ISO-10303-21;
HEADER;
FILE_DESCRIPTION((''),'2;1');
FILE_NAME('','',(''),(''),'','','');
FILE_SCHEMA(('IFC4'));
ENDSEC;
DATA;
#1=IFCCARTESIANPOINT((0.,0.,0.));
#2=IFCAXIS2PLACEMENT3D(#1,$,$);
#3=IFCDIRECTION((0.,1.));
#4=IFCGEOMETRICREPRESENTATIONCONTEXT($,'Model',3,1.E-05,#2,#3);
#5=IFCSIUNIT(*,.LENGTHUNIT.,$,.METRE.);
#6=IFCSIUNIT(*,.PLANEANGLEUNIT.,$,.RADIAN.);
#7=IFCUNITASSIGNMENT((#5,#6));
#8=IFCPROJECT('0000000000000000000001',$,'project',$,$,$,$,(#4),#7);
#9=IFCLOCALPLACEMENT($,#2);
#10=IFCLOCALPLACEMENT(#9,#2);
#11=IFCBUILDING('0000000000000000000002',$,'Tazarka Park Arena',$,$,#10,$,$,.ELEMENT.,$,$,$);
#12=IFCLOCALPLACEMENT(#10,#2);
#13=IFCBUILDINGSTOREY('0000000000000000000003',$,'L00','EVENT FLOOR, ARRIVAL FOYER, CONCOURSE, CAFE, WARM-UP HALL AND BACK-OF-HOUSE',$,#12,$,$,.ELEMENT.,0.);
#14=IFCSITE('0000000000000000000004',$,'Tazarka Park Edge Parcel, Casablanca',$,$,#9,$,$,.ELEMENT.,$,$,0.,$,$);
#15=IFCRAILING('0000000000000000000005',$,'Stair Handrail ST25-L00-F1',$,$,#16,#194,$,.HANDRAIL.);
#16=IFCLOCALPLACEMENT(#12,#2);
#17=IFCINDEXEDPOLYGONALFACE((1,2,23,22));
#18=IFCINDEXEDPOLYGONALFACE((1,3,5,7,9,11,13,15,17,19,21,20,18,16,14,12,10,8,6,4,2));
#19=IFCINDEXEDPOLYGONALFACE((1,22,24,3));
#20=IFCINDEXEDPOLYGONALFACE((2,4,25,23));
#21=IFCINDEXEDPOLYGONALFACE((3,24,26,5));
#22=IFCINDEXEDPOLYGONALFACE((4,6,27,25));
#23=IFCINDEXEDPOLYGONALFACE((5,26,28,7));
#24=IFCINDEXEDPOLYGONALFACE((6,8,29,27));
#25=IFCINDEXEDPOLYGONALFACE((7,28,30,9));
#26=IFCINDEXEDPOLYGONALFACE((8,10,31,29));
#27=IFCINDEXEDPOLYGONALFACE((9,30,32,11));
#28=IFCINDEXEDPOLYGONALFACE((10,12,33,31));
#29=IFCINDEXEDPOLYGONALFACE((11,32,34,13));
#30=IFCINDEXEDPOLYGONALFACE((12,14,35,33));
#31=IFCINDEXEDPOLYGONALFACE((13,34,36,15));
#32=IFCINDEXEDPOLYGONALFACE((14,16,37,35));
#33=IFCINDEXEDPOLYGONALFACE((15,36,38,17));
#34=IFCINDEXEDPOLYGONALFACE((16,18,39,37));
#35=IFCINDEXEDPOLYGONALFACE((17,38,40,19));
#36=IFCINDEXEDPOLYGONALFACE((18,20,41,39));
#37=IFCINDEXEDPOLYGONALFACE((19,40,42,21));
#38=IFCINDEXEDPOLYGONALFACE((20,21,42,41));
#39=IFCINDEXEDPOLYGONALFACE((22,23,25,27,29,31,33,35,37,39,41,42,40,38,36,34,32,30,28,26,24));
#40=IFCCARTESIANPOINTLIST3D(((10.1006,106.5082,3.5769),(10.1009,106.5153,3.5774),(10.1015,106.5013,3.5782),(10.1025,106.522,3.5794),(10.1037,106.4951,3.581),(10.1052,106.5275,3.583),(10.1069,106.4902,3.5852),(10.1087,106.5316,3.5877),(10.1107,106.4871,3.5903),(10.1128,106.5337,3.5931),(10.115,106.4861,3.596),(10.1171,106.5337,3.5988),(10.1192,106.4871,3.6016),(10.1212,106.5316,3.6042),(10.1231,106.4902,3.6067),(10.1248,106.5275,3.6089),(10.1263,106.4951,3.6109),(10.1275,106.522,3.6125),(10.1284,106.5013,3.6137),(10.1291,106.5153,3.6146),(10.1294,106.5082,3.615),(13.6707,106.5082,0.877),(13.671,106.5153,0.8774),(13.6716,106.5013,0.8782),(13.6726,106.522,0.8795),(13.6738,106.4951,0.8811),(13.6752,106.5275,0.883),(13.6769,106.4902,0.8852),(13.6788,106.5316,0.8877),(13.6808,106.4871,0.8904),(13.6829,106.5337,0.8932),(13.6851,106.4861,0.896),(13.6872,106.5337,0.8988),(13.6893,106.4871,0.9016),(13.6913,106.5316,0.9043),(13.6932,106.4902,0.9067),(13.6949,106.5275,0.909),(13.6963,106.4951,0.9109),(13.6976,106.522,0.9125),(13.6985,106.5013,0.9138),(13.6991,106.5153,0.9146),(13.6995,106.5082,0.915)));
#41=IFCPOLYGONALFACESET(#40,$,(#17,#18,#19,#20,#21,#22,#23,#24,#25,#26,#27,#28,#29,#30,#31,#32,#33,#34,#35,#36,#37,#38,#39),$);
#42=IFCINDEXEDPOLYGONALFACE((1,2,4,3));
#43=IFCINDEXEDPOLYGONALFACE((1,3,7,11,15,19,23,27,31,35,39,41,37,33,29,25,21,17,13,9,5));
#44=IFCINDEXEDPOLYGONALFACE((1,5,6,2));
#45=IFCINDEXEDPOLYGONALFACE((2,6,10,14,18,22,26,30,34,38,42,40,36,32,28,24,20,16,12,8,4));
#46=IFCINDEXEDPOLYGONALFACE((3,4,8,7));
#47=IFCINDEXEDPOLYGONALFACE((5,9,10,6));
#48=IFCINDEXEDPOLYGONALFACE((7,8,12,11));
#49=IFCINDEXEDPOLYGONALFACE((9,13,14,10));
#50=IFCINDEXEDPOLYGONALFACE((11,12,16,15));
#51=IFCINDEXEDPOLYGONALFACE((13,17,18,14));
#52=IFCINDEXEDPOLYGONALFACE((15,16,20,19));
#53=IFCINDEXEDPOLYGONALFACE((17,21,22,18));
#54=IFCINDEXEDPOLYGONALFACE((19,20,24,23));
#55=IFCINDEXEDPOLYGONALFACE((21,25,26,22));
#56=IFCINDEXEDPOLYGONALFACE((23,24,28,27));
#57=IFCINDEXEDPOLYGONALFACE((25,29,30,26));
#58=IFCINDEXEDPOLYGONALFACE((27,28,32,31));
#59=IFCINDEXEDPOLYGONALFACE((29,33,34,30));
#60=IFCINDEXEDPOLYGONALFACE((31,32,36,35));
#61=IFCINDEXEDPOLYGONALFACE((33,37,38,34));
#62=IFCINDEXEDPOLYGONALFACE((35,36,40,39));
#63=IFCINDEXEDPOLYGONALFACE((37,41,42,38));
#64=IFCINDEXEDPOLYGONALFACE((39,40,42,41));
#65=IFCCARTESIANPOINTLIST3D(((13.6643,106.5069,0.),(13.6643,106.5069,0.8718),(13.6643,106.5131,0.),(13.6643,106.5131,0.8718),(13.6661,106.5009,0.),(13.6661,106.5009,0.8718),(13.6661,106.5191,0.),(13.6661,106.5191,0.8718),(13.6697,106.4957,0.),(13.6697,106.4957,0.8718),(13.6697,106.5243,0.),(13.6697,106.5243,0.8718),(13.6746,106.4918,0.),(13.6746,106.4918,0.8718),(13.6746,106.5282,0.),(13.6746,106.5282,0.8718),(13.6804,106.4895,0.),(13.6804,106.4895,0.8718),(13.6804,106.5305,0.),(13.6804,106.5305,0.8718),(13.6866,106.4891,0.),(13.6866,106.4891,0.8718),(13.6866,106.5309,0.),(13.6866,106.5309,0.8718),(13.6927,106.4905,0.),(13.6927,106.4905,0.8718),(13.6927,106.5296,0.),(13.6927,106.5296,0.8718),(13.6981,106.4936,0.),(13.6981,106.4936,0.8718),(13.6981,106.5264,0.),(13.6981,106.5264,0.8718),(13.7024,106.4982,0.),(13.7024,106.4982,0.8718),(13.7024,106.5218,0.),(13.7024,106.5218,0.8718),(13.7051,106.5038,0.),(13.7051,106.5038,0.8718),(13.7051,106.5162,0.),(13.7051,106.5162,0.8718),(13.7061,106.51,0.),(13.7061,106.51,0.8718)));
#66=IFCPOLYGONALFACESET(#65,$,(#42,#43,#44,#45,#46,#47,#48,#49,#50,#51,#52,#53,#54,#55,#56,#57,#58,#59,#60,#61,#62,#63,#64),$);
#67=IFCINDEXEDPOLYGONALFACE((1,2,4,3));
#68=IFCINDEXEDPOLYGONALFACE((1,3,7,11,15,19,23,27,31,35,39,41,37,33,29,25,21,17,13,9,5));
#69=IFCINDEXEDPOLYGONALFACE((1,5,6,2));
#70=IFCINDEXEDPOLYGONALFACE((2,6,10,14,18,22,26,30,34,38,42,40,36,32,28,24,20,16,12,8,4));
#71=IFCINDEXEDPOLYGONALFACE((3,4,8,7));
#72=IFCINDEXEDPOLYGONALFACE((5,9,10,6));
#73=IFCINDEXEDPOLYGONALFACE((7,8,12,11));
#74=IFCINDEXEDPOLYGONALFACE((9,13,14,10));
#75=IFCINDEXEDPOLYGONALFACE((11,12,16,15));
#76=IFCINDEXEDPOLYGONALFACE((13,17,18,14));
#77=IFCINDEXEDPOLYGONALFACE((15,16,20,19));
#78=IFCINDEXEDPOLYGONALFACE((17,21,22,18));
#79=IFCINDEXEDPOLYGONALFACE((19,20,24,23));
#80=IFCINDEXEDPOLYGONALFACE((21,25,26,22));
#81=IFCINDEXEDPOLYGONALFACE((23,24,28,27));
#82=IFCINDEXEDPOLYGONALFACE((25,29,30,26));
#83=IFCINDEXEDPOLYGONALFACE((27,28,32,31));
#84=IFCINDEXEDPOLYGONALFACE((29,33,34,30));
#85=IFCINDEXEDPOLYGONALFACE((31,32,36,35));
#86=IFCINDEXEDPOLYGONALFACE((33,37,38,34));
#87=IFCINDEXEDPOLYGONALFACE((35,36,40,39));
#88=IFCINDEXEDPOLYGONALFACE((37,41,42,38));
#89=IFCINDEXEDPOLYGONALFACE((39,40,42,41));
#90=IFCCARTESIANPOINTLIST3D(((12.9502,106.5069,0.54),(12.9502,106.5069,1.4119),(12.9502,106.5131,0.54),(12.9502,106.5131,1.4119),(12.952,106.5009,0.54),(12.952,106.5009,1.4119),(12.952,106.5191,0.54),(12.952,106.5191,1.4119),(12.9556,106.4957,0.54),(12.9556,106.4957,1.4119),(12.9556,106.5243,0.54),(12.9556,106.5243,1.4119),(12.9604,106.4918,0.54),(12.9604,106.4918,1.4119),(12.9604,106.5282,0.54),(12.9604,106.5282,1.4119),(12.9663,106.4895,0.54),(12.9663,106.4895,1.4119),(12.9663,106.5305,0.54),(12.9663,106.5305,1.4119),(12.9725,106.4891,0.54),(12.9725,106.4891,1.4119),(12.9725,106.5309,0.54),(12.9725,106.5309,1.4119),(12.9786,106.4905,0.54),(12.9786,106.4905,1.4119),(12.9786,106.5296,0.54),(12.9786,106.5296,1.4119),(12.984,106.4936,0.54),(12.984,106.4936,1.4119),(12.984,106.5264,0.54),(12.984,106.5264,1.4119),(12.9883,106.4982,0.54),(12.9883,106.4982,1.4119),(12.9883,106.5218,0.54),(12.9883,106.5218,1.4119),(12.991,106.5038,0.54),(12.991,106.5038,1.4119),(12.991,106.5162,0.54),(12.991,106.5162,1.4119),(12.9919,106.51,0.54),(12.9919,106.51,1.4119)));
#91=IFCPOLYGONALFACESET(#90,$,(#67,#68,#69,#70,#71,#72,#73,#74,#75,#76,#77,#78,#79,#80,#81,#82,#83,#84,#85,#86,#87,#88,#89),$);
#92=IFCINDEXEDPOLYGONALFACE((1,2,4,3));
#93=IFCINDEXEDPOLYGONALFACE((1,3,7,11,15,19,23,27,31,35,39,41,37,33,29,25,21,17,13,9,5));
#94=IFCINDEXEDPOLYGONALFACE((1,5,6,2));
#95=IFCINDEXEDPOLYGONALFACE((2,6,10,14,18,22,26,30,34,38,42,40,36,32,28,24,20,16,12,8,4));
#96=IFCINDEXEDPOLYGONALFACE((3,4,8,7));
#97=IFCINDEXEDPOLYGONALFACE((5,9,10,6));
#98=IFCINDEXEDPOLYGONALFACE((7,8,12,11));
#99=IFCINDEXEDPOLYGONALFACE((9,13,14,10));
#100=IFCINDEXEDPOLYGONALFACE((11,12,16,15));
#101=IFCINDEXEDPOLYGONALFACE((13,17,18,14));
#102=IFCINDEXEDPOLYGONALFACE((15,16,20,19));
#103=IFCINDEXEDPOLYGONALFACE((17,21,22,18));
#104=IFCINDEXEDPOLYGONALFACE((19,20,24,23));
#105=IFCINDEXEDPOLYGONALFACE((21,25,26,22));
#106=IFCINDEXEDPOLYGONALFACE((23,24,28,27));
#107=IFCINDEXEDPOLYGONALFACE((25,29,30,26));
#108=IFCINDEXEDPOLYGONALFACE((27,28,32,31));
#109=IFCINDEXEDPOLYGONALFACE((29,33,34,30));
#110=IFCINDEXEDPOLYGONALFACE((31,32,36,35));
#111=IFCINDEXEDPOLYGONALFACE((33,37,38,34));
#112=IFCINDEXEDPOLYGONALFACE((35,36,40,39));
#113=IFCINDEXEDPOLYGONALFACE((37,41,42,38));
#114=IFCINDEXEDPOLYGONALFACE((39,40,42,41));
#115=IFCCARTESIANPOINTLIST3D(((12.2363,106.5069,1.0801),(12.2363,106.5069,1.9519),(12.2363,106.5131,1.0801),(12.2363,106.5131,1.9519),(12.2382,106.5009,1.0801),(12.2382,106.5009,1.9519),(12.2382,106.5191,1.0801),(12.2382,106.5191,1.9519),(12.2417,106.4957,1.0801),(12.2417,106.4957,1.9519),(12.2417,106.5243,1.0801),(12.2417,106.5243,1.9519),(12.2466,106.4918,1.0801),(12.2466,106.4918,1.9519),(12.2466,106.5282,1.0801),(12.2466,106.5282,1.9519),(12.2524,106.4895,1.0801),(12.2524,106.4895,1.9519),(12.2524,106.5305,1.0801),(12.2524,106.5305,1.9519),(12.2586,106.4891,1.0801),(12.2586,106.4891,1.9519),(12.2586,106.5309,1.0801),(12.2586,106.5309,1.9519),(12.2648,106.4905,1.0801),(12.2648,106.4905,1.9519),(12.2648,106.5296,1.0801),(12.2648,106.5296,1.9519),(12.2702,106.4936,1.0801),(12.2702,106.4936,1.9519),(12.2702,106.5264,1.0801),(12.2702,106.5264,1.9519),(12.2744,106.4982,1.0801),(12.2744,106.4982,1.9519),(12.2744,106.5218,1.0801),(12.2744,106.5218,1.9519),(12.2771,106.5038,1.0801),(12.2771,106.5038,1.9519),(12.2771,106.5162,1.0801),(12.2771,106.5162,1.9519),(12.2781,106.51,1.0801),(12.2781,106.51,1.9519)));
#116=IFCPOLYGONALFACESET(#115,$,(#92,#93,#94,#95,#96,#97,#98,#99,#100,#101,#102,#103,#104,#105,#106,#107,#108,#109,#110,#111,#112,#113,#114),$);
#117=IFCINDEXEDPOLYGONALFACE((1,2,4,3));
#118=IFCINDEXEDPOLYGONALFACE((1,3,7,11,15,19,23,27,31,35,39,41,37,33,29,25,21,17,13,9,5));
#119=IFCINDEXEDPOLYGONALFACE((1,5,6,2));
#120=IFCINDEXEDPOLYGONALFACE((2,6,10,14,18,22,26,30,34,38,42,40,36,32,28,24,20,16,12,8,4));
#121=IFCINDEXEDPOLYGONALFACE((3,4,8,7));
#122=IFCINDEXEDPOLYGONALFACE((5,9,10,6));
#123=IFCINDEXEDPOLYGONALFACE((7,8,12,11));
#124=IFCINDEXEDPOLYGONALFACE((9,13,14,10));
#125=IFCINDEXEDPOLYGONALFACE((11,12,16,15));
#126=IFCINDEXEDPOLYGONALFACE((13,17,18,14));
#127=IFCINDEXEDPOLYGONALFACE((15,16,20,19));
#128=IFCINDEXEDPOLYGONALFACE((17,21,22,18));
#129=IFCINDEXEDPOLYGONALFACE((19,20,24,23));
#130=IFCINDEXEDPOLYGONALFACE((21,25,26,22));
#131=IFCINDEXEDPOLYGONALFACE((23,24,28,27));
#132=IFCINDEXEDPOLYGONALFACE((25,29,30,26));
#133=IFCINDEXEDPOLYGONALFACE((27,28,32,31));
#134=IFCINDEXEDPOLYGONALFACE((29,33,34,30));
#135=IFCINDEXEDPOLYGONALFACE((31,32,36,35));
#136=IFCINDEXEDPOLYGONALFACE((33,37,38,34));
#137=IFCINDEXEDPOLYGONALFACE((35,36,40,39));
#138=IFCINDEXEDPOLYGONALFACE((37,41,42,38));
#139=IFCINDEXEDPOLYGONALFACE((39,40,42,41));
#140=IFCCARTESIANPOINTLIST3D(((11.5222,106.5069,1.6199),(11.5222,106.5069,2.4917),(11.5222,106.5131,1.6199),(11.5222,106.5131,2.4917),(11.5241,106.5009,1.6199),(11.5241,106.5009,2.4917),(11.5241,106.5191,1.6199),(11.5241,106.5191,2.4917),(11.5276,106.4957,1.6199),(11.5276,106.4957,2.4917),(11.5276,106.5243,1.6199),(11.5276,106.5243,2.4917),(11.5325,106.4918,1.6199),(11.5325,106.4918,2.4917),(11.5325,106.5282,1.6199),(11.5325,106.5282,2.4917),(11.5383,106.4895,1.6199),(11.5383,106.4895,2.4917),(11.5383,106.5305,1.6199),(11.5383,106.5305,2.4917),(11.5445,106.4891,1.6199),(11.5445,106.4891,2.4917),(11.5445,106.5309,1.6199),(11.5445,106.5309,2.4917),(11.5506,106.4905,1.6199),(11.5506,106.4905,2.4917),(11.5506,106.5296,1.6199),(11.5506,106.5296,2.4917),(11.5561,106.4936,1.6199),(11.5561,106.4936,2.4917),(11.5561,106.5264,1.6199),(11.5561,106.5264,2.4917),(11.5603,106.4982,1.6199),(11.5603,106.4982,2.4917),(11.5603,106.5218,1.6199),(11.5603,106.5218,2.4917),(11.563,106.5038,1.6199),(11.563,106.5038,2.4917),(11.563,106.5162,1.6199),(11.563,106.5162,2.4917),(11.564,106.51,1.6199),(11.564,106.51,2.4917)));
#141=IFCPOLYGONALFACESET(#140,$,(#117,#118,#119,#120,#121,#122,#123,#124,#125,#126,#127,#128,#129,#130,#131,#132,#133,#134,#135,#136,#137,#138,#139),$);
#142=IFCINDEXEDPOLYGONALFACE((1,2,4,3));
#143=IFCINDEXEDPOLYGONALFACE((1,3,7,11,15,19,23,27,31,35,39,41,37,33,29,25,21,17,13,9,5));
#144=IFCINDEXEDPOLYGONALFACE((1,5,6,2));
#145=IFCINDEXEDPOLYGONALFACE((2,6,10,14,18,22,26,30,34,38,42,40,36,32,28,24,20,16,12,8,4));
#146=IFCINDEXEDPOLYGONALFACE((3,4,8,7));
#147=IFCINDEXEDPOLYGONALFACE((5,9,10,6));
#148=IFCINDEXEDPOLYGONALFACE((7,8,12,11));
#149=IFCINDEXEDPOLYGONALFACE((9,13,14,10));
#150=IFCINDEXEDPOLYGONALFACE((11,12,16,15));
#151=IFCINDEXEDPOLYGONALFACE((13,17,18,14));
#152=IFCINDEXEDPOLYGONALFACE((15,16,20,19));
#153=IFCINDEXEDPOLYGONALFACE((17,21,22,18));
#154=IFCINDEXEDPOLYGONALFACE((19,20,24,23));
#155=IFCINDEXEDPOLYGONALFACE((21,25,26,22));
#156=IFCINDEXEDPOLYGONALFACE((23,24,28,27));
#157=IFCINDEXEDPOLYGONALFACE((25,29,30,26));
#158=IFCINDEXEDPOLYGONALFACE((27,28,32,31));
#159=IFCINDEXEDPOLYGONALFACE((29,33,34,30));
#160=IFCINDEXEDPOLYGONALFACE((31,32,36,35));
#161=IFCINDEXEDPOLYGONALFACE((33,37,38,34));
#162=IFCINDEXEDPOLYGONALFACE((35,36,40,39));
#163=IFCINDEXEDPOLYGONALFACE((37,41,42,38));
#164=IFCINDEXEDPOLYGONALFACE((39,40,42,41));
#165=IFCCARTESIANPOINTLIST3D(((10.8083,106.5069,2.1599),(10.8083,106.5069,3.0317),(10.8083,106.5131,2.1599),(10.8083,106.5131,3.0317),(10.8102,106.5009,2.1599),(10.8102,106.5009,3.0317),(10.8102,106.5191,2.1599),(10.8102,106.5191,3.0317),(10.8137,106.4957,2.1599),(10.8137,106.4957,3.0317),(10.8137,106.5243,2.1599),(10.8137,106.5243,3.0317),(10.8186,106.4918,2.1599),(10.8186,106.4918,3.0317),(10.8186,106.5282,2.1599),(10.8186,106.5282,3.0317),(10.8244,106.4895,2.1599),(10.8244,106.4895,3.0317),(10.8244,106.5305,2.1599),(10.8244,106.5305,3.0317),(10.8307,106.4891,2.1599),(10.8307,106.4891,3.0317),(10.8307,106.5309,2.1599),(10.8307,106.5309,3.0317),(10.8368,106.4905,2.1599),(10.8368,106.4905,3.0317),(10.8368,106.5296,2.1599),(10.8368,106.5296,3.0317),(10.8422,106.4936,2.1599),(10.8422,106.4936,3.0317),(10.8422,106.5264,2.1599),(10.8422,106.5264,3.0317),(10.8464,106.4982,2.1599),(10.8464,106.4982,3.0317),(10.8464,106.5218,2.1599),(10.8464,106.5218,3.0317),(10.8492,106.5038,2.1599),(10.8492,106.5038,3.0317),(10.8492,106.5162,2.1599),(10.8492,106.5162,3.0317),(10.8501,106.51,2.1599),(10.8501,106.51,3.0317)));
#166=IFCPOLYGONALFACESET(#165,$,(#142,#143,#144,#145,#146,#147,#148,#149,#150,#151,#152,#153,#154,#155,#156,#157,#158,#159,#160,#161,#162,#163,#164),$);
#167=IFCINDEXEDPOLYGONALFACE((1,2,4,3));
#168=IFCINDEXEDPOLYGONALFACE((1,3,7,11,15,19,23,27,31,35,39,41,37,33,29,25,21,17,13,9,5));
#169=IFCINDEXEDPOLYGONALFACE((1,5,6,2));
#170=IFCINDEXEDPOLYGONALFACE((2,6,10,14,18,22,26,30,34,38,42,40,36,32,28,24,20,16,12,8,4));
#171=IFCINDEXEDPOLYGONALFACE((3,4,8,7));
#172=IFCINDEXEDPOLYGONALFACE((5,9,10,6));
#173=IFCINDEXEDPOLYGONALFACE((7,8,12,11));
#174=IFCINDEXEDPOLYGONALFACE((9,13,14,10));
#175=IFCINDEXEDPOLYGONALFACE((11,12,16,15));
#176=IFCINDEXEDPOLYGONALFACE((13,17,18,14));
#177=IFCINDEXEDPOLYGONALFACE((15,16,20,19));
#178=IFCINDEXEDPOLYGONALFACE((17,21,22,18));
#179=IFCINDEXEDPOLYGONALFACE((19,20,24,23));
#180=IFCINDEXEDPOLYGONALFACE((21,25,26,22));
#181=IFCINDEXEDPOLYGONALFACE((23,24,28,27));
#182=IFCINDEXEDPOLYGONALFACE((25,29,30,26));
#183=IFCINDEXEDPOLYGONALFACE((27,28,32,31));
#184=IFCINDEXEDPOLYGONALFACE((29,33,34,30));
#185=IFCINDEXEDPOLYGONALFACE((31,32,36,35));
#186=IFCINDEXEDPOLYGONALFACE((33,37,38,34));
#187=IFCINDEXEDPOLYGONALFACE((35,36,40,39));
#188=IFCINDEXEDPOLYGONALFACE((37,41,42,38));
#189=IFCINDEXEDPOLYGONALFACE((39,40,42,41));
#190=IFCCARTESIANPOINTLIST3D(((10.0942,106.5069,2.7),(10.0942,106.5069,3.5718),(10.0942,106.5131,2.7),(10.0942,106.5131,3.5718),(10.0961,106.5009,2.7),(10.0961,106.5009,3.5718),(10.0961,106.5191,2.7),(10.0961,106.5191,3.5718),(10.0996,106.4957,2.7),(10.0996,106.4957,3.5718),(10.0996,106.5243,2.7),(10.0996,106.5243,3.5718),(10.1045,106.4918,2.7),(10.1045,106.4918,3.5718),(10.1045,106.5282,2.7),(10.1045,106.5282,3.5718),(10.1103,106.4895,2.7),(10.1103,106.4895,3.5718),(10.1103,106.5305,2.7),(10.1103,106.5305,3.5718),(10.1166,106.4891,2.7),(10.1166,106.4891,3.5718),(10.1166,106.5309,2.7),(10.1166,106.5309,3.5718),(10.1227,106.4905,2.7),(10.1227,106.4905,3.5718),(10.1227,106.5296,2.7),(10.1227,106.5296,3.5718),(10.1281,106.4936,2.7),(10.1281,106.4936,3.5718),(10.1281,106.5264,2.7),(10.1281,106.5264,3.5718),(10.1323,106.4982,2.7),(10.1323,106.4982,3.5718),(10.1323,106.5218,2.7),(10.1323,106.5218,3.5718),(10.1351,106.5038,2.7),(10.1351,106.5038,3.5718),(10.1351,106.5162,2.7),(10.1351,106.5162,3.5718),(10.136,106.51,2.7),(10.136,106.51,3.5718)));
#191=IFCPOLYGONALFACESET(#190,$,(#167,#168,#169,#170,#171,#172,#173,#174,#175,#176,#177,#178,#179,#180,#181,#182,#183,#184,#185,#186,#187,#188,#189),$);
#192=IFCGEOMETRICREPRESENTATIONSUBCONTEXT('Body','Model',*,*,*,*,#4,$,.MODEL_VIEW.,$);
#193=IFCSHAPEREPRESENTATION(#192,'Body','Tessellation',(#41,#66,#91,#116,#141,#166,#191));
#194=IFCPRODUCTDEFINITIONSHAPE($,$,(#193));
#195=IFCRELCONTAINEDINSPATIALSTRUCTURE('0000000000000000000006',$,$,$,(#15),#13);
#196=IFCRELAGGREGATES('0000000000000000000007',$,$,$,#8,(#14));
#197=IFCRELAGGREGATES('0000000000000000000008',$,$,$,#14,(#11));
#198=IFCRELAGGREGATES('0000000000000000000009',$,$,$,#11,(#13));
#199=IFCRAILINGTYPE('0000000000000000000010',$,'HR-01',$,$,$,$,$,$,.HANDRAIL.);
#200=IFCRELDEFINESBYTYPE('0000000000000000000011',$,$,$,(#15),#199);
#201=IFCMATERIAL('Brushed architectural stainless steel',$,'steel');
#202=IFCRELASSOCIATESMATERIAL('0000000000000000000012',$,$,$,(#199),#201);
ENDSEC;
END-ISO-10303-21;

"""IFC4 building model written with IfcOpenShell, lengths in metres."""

from ifc_helpers import new_model, si_unit, direction, frame, origin, origin_2d, place, context, subcontext, project, spatial, circle, extrude, material, type_object, element, save


model = new_model("IFC4")

# Units and contexts
model_context = context("Model", 3, precision=1e-05, world=origin(), true_north=direction((0.0, 1.0)))
body_context = subcontext(model_context, "Body", "Model", "MODEL_VIEW")
ifc_project = project(units=[si_unit("LENGTHUNIT", "METRE"), si_unit("PLANEANGLEUNIT", "RADIAN")], contexts=[model_context])

# Site, building, storey
site_placement = place(None, origin())
site = spatial("IfcSite", under=ifc_project, at=site_placement, Name="Tazarka Park Edge Parcel, Casablanca", CompositionType="ELEMENT", RefElevation=0.0)
building_placement = place(site_placement, origin())
building = spatial("IfcBuilding", under=site, at=building_placement, Name="Tazarka Park Arena", CompositionType="ELEMENT")
storey_placement = place(building_placement, origin())
storey = spatial("IfcBuildingStorey", under=building, at=storey_placement, Name="L00", Description="EVENT FLOOR, ARRIVAL FOYER, CONCOURSE, CAFE, WARM-UP HALL AND BACK-OF-HOUSE", CompositionType="ELEMENT", Elevation=0.0)

# Railing
ifc_material_1 = material(Name="Brushed architectural stainless steel", Category="steel")
railing_type_1 = type_object("IfcRailingType", Name="HR-01", PredefinedType="HANDRAIL", material=ifc_material_1)
railing_1_placement = place(storey_placement, frame((13.6851, 106.51, 0.0)))
element("IfcRailing", 1, at=railing_1_placement, inside=storey, type_object=railing_type_1, Name="Stair Handrail ST25-L00-F1", PredefinedType="HANDRAIL", context=body_context, shape_type="SweptSolid", body=[
    extrude(circle(Radius=0.0239, at=origin_2d()), frame((0.0, 0.0, 0.896), z_axis=(-0.797591, 0.0, 0.603198), x_axis=(0.0, -1.0, 0.0)), (0.0, 0.0, 1.0), 4.4761),
    extrude(circle(Radius=0.021, at=origin_2d()), origin(), (0.0, 0.0, 1.0), 0.8718),
    extrude(circle(Radius=0.021, at=origin_2d()), frame((-0.7141, 0.0, 0.54)), (0.0, 0.0, 1.0), 0.8718),
    extrude(circle(Radius=0.021, at=origin_2d()), frame((-1.428, 0.0, 1.0801)), (0.0, 0.0, 1.0), 0.8718),
    extrude(circle(Radius=0.021, at=origin_2d()), frame((-2.1421, 0.0, 1.6199)), (0.0, 0.0, 1.0), 0.8718),
    extrude(circle(Radius=0.021, at=origin_2d()), frame((-2.856, 0.0, 2.1599)), (0.0, 0.0, 1.0), 0.8718),
    extrude(circle(Radius=0.021, at=origin_2d()), frame((-3.5701, 0.0, 2.7)), (0.0, 0.0, 1.0), 0.8718),
])

save(model, "model.ifc")
